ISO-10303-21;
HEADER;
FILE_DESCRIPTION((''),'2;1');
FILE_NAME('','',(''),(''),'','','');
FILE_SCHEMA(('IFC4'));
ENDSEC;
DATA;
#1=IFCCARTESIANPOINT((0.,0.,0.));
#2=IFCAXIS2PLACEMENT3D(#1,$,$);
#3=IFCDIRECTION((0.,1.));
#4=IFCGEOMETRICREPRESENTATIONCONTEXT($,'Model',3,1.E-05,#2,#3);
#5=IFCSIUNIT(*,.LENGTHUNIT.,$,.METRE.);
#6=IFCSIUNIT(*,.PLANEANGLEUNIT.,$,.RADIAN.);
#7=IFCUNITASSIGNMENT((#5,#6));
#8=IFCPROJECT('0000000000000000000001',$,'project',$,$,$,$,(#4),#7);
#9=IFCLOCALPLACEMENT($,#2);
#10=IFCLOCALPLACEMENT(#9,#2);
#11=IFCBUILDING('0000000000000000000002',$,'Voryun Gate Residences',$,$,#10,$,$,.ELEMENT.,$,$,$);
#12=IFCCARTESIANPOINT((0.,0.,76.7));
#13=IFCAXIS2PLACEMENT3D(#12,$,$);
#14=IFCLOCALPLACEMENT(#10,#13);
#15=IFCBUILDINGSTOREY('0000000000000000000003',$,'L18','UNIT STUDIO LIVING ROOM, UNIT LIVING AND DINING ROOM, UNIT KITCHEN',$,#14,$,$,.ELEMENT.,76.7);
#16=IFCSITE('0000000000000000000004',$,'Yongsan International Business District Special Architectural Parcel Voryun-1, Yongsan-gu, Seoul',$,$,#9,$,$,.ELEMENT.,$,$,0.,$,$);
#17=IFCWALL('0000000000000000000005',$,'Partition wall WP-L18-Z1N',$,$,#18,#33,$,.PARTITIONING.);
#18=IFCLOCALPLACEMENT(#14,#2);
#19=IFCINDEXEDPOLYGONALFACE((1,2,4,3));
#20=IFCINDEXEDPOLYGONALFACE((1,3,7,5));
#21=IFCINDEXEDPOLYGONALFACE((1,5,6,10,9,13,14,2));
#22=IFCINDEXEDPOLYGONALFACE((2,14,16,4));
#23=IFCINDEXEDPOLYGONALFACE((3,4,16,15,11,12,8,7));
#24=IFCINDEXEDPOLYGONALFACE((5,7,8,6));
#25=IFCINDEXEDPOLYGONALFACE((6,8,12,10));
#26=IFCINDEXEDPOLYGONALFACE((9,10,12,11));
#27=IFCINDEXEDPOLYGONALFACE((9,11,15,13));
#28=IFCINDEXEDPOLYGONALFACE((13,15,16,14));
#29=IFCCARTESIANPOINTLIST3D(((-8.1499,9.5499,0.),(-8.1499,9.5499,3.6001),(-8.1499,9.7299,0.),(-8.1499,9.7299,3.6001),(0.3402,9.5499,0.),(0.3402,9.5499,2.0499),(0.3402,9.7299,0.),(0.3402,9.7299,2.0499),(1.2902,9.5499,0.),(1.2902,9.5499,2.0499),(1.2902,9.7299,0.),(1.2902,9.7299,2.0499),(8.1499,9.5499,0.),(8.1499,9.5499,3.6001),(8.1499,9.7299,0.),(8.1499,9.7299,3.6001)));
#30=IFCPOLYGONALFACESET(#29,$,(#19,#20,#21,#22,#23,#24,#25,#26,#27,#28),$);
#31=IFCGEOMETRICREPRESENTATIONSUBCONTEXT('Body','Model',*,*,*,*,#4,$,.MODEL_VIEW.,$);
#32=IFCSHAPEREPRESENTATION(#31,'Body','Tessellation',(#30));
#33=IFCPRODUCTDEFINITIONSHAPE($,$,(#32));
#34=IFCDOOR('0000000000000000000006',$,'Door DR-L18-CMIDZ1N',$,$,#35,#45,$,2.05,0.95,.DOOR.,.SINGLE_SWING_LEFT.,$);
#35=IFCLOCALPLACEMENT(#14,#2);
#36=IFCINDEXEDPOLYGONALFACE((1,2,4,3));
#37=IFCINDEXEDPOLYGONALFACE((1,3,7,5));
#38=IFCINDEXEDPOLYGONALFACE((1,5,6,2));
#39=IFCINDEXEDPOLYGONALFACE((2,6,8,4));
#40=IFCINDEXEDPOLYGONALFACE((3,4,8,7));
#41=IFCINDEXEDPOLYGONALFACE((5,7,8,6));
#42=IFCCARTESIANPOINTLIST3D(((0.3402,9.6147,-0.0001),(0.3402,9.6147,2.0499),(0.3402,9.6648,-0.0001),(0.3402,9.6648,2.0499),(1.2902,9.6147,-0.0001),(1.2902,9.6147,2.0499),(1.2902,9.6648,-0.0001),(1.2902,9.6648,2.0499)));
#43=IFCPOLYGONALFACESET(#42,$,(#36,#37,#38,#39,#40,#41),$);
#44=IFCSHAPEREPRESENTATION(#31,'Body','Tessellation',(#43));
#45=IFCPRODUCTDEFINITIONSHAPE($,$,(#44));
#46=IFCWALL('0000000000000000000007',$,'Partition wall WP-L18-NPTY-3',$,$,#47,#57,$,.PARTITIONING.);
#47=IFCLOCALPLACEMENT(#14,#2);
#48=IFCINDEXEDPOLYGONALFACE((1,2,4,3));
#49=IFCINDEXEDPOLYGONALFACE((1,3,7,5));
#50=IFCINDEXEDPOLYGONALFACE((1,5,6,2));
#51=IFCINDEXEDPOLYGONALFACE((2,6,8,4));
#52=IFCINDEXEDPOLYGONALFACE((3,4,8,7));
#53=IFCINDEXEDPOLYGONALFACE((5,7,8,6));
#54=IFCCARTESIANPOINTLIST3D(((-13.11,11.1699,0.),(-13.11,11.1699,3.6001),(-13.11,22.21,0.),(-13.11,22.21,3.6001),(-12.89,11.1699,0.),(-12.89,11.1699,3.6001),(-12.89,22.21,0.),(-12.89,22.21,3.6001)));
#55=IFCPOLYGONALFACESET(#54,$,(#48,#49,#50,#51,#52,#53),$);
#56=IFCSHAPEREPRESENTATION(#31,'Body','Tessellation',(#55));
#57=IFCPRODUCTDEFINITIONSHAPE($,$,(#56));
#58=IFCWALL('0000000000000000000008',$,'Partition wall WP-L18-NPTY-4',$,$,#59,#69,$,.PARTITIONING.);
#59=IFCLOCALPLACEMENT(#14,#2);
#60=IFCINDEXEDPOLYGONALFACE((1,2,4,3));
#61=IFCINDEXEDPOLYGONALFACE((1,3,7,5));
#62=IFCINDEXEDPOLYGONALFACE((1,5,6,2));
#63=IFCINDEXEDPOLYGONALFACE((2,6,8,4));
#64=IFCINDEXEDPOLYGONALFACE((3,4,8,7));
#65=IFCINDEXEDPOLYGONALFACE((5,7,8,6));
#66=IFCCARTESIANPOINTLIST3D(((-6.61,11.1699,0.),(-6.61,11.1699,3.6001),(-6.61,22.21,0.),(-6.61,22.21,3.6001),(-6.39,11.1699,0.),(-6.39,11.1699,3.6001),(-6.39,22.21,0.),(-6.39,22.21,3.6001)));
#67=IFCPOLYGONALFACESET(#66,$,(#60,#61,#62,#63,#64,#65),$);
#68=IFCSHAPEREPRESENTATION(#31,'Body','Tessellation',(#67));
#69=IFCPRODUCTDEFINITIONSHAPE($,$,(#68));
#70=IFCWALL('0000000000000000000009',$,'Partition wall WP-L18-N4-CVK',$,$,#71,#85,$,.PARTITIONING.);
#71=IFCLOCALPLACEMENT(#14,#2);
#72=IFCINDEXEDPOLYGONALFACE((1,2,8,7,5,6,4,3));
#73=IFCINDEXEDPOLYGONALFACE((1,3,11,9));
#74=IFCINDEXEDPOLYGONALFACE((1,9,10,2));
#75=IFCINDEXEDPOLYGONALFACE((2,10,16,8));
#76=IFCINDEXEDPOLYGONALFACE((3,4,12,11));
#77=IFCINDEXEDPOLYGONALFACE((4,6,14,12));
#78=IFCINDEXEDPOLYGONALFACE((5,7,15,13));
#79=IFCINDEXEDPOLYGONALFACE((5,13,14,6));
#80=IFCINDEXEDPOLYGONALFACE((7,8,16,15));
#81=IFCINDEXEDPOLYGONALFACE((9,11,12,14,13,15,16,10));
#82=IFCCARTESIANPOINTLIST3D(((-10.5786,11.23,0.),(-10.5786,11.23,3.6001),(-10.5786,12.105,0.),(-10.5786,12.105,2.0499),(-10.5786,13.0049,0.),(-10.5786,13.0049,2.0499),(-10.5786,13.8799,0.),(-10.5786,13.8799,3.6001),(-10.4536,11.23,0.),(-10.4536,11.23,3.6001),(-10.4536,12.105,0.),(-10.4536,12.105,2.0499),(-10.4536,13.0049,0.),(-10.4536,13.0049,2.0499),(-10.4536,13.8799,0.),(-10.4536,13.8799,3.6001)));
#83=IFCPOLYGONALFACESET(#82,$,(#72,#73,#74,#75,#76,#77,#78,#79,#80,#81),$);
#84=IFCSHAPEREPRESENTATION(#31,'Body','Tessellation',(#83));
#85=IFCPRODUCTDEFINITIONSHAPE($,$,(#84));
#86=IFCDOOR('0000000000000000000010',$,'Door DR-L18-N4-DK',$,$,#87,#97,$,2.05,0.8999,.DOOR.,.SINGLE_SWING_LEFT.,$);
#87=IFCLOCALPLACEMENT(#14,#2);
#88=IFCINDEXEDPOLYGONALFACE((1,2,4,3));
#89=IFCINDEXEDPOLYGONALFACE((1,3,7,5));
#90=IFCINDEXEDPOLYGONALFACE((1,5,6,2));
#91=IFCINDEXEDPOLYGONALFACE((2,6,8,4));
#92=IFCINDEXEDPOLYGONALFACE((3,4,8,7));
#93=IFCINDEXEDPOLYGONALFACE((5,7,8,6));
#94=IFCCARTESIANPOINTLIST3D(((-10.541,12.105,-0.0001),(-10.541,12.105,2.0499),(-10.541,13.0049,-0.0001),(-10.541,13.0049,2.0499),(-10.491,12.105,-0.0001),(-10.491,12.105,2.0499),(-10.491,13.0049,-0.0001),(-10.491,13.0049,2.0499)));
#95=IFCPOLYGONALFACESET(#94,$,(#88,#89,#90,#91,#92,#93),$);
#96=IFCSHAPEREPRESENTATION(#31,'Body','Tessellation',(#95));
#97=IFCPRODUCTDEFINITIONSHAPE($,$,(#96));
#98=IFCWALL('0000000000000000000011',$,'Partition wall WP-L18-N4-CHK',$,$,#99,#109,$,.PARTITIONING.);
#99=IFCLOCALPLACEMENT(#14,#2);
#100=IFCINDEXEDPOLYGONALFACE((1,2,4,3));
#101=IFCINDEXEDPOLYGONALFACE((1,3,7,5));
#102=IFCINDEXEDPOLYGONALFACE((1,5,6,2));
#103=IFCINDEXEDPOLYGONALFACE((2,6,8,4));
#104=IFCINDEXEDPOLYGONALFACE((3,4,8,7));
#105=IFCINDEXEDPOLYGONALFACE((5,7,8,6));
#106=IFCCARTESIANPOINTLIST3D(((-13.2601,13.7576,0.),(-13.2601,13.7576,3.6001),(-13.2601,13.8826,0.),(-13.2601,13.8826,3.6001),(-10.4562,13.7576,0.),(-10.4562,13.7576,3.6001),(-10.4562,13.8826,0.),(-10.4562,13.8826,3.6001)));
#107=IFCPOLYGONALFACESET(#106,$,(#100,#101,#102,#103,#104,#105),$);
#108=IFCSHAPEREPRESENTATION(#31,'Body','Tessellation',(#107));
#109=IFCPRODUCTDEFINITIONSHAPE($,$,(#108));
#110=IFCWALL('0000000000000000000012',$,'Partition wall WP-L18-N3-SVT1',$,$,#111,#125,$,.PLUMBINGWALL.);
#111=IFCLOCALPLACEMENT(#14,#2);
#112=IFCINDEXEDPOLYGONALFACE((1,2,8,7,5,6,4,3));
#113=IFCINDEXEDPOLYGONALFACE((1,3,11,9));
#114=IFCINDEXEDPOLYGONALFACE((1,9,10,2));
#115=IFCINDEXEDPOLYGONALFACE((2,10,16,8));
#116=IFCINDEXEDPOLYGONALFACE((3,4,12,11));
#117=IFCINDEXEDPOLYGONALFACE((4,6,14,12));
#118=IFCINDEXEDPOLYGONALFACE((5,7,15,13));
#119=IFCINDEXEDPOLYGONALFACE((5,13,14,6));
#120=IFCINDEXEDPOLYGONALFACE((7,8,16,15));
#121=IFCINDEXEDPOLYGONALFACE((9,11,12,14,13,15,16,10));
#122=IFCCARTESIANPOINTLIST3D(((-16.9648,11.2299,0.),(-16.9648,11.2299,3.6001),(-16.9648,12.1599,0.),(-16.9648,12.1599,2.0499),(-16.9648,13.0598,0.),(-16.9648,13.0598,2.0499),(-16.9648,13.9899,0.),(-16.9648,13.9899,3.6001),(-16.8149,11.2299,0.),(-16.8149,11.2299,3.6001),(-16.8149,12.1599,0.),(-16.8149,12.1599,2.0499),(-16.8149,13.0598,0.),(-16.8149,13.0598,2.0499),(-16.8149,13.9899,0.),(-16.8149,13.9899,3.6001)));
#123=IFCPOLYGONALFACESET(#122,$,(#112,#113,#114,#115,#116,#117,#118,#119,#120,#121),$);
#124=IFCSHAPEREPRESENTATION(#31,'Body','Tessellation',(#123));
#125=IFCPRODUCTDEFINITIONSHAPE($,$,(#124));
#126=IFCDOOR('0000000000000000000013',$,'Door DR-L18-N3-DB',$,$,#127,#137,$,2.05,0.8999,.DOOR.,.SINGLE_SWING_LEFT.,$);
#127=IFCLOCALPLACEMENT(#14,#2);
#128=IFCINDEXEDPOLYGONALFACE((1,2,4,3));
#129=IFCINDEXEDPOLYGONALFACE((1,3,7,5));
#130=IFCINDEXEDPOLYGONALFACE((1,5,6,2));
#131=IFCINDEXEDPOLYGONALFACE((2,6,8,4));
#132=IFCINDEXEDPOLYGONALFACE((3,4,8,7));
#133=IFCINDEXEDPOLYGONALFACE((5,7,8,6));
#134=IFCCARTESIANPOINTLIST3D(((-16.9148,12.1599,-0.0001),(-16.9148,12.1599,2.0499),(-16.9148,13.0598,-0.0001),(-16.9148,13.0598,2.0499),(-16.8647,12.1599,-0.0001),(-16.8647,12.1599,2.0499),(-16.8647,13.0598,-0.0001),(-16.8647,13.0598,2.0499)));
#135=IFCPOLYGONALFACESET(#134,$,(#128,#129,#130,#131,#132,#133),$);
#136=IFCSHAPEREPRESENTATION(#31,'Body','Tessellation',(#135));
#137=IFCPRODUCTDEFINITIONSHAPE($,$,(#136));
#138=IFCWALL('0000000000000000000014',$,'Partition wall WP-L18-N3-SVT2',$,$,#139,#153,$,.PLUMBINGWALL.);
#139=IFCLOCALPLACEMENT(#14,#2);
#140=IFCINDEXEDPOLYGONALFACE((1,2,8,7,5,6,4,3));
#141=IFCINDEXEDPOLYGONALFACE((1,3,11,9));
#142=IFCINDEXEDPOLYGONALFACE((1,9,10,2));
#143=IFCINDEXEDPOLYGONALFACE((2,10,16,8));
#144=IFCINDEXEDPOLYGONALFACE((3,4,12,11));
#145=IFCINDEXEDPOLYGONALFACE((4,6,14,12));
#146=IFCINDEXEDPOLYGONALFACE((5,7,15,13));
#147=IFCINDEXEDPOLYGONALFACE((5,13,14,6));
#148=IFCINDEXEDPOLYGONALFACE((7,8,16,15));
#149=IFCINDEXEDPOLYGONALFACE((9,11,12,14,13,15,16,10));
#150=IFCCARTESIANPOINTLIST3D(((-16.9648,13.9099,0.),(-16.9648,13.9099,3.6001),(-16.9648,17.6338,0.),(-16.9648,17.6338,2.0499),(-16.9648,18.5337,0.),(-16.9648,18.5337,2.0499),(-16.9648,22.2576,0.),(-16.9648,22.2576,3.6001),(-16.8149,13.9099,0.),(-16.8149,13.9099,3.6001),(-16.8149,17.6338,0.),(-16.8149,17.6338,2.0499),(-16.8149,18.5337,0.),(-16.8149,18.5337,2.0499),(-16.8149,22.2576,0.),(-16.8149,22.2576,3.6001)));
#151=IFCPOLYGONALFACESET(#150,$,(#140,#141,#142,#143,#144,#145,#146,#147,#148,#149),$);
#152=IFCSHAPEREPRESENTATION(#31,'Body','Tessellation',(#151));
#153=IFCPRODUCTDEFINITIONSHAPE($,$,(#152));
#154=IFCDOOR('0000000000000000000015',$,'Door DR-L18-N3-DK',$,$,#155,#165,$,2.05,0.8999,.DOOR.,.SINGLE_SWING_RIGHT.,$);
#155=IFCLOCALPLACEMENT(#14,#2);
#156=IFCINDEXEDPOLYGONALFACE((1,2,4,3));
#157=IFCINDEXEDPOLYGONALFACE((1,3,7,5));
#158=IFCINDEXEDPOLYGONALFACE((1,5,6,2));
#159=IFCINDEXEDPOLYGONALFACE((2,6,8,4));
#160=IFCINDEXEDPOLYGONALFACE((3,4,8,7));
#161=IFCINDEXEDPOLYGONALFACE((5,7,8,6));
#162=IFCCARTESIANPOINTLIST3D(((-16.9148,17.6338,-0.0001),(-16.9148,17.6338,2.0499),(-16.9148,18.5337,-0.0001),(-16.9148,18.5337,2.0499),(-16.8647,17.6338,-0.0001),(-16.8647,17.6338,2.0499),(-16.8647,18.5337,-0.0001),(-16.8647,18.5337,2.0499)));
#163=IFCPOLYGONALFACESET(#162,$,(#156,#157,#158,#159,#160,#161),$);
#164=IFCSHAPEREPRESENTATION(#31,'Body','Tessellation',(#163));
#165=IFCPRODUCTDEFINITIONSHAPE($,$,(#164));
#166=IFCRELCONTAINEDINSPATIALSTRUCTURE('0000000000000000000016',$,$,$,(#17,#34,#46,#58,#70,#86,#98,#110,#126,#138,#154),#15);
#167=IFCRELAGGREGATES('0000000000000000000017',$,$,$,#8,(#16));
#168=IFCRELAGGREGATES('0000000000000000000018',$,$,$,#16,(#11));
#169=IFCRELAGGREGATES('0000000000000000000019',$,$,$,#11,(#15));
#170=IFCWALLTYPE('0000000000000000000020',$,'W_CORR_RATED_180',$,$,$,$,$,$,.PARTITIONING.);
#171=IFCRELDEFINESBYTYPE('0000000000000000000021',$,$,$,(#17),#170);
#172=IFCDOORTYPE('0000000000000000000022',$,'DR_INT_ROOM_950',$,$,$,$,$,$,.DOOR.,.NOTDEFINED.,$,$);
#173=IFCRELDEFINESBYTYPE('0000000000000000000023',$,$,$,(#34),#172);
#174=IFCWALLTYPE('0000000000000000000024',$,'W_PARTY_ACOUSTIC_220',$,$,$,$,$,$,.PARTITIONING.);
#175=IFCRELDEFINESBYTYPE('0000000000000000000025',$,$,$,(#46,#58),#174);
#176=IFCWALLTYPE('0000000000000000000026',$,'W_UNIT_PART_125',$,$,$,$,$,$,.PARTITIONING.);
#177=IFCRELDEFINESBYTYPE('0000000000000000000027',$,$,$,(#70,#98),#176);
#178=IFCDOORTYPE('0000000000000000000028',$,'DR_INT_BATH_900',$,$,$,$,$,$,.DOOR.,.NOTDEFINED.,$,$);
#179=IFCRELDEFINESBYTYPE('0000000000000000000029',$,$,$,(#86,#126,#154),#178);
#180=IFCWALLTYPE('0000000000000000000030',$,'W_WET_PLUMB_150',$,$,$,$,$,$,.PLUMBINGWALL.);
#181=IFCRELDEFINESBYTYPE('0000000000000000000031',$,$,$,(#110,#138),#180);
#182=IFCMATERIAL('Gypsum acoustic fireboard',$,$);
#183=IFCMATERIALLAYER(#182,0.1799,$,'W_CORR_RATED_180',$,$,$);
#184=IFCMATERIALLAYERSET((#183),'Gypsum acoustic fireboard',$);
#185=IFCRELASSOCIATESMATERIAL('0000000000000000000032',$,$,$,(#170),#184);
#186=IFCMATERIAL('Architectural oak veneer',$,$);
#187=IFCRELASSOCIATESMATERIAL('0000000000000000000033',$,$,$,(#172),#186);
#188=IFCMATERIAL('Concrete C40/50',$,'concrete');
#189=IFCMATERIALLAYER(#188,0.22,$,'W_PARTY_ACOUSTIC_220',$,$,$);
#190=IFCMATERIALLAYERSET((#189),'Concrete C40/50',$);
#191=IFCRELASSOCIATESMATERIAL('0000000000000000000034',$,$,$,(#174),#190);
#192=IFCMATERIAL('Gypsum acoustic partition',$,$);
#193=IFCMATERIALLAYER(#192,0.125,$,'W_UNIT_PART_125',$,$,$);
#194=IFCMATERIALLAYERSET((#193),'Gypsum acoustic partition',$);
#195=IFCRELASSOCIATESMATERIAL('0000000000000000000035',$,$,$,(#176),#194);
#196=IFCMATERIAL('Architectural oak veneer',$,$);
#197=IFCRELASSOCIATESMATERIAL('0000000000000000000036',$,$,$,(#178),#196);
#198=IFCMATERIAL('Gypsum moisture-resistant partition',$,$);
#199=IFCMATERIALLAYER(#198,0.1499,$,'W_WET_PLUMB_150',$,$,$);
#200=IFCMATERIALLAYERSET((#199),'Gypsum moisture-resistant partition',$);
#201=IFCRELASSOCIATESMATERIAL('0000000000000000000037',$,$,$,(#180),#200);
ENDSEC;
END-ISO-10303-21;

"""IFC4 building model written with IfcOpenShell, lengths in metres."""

from ifc_helpers import new_model, si_unit, direction, frame, frame_2d, origin, place, context, subcontext, project, spatial, rectangle, extrude, material, layer, layer_set, type_object, element, fill, save


model = new_model("IFC4")

# Units and contexts
model_context = context("Model", 3, precision=1e-05, world=origin(), true_north=direction((0.0, 1.0)))
body_context = subcontext(model_context, "Body", "Model", "MODEL_VIEW")
ifc_project = project(units=[si_unit("LENGTHUNIT", "METRE"), si_unit("PLANEANGLEUNIT", "RADIAN")], contexts=[model_context])

# Site, building, storey
site_placement = place(None, origin())
site = spatial("IfcSite", under=ifc_project, at=site_placement, Name="Yongsan International Business District Special Architectural Parcel Voryun-1, Yongsan-gu, Seoul", CompositionType="ELEMENT", RefElevation=0.0)
building_placement = place(site_placement, origin())
building = spatial("IfcBuilding", under=site, at=building_placement, Name="Voryun Gate Residences", CompositionType="ELEMENT")
storey_placement = place(building_placement, frame((0.0, 0.0, 76.7)))
storey = spatial("IfcBuildingStorey", under=building, at=storey_placement, Name="L18", Description="UNIT STUDIO LIVING ROOM, UNIT LIVING AND DINING ROOM, UNIT KITCHEN", CompositionType="ELEMENT", Elevation=76.7)

# Wall, opening, door
ifc_material_1 = material(Name="Gypsum acoustic fireboard")
ifc_layer_1 = layer(ifc_material_1, 0.1799, Name="W_CORR_RATED_180")
ifc_layer_set_1 = layer_set([ifc_layer_1], Name="Gypsum acoustic fireboard")
wall_type_1 = type_object("IfcWallType", Name="W_CORR_RATED_180", PredefinedType="PARTITIONING", material=ifc_layer_set_1)
wall_1_placement = place(storey_placement, frame((-8.1499, 9.6399, 0.0), z_axis=(0.0, 0.0, 1.0), x_axis=(1.0, 0.0, 0.0)))
wall_1 = element("IfcWall", 1, at=wall_1_placement, inside=storey, type_object=wall_type_1, Name="Partition wall WP-L18-Z1N", PredefinedType="PARTITIONING", context=body_context, shape_type="SweptSolid", body=[
    extrude(rectangle(XDim=16.2998, YDim=0.1799, at=frame_2d((8.1499, 0.0))), origin(), (0.0, 0.0, 1.0), 3.6001),
])
opening_1_placement = place(wall_1_placement, frame((8.49, 0.0, 0.0)))
opening_1 = element("IfcOpeningElement", 2, at=opening_1_placement, cuts=wall_1, PredefinedType="OPENING", context=body_context, shape_type="SweptSolid", body=[
    extrude(rectangle(XDim=0.95, YDim=2.05, at=frame_2d((0.4751, 1.0249))), frame((0.0, 0.0999, 0.0), z_axis=(0.0, -1.0, 0.0), x_axis=(1.0, 0.0, 0.0)), (0.0, 0.0, 1.0), 0.2),
])
ifc_material_2 = material(Name="Architectural oak veneer")
door_type_1 = type_object("IfcDoorType", Name="DR_INT_ROOM_950", OperationType="NOTDEFINED", PredefinedType="DOOR", material=ifc_material_2)
door_1_placement = place(opening_1_placement, origin())
door_1 = element("IfcDoor", 3, at=door_1_placement, inside=storey, type_object=door_type_1, Name="Door DR-L18-CMIDZ1N", OperationType="SINGLE_SWING_LEFT", OverallHeight=2.05, OverallWidth=0.95, PredefinedType="DOOR", context=body_context, shape_type="SweptSolid", body=[
    extrude(rectangle(XDim=0.95, YDim=2.05, at=frame_2d((0.4751, 1.0249))), frame((0.0, 0.0249, 0.0), z_axis=(0.0, -1.0, 0.0), x_axis=(1.0, 0.0, 0.0)), (0.0, 0.0, 1.0), 0.05),
])
fill(opening_1, door_1)

# Walls
ifc_material_3 = material(Name="Concrete C40/50", Category="concrete")
ifc_layer_2 = layer(ifc_material_3, 0.22, Name="W_PARTY_ACOUSTIC_220")
ifc_layer_set_2 = layer_set([ifc_layer_2], Name="Concrete C40/50")
wall_type_2 = type_object("IfcWallType", Name="W_PARTY_ACOUSTIC_220", PredefinedType="PARTITIONING", material=ifc_layer_set_2)
for number, where, z_axis, x_axis, name in (
    (4, (-13.0, 11.1699, 0.0), (0.0, 0.0, 1.0), (0.0, 1.0, 0.0), "Partition wall WP-L18-NPTY-3"),
    (5, (-6.5, 11.1699, 0.0), (0.0, 0.0, 1.0), (0.0, 1.0, 0.0), "Partition wall WP-L18-NPTY-4"),
):
    element("IfcWall", number, at=place(storey_placement, frame(where, z_axis=z_axis, x_axis=x_axis)), inside=storey, type_object=wall_type_2, Name=name, PredefinedType="PARTITIONING", context=body_context, shape_type="SweptSolid", body=[
        extrude(rectangle(XDim=11.04, YDim=0.22, at=frame_2d((5.52, 0.0))), origin(), (0.0, 0.0, 1.0), 3.6001),
    ])

# Wall, opening, door
ifc_material_4 = material(Name="Gypsum acoustic partition")
ifc_layer_3 = layer(ifc_material_4, 0.125, Name="W_UNIT_PART_125")
ifc_layer_set_3 = layer_set([ifc_layer_3], Name="Gypsum acoustic partition")
wall_type_3 = type_object("IfcWallType", Name="W_UNIT_PART_125", PredefinedType="PARTITIONING", material=ifc_layer_set_3)
wall_2_placement = place(storey_placement, frame((-10.5161, 11.23, 0.0), z_axis=(0.0, 0.0, 1.0), x_axis=(0.0, 1.0, 0.0)))
wall_2 = element("IfcWall", 6, at=wall_2_placement, inside=storey, type_object=wall_type_3, Name="Partition wall WP-L18-N4-CVK", PredefinedType="PARTITIONING", context=body_context, shape_type="SweptSolid", body=[
    extrude(rectangle(XDim=2.6499, YDim=0.125, at=frame_2d((1.325, 0.0))), origin(), (0.0, 0.0, 1.0), 3.6001),
])
opening_2_placement = place(wall_2_placement, frame((0.875, 0.0, 0.0)))
opening_2 = element("IfcOpeningElement", 7, at=opening_2_placement, cuts=wall_2, PredefinedType="OPENING", context=body_context, shape_type="SweptSolid", body=[
    extrude(rectangle(XDim=0.8999, YDim=2.05, at=frame_2d((0.45, 1.0249))), frame((0.0, 0.0725, 0.0), z_axis=(0.0, -1.0, 0.0), x_axis=(1.0, 0.0, 0.0)), (0.0, 0.0, 1.0), 0.145),
])
ifc_material_5 = material(Name="Architectural oak veneer")
door_type_2 = type_object("IfcDoorType", Name="DR_INT_BATH_900", OperationType="NOTDEFINED", PredefinedType="DOOR", material=ifc_material_5)
door_2_placement = place(opening_2_placement, origin())
door_2 = element("IfcDoor", 8, at=door_2_placement, inside=storey, type_object=door_type_2, Name="Door DR-L18-N4-DK", OperationType="SINGLE_SWING_LEFT", OverallHeight=2.05, OverallWidth=0.8999, PredefinedType="DOOR", context=body_context, shape_type="SweptSolid", body=[
    extrude(rectangle(XDim=0.8999, YDim=2.05, at=frame_2d((0.45, 1.0249))), frame((0.0, 0.0249, 0.0), z_axis=(0.0, -1.0, 0.0), x_axis=(1.0, 0.0, 0.0)), (0.0, 0.0, 1.0), 0.05),
])
fill(opening_2, door_2)

# Wall
wall_3_placement = place(storey_placement, frame((-13.26, 13.8201, 0.0), z_axis=(0.0, 0.0, 1.0), x_axis=(1.0, 0.0, 0.0)))
element("IfcWall", 9, at=wall_3_placement, inside=storey, type_object=wall_type_3, Name="Partition wall WP-L18-N4-CHK", PredefinedType="PARTITIONING", context=body_context, shape_type="SweptSolid", body=[
    extrude(rectangle(XDim=2.804, YDim=0.125, at=frame_2d((1.4019, 0.0))), origin(), (0.0, 0.0, 1.0), 3.6001),
])

# Walls, openings, doors
ifc_material_6 = material(Name="Gypsum moisture-resistant partition")
ifc_layer_4 = layer(ifc_material_6, 0.1499, Name="W_WET_PLUMB_150")
ifc_layer_set_4 = layer_set([ifc_layer_4], Name="Gypsum moisture-resistant partition")
wall_type_4 = type_object("IfcWallType", Name="W_WET_PLUMB_150", PredefinedType="PLUMBINGWALL", material=ifc_layer_set_4)
wall_4_placement = place(storey_placement, frame((-16.8899, 11.23, 0.0), z_axis=(0.0, 0.0, 1.0), x_axis=(0.0, 1.0, 0.0)))
wall_4 = element("IfcWall", 10, at=wall_4_placement, inside=storey, type_object=wall_type_4, Name="Partition wall WP-L18-N3-SVT1", PredefinedType="PLUMBINGWALL", context=body_context, shape_type="SweptSolid", body=[
    extrude(rectangle(XDim=2.76, YDim=0.1499, at=frame_2d((1.3799, 0.0))), origin(), (0.0, 0.0, 1.0), 3.6001),
])
opening_3_placement = place(wall_4_placement, frame((0.9299, 0.0, 0.0)))
opening_3 = element("IfcOpeningElement", 11, at=opening_3_placement, cuts=wall_4, PredefinedType="OPENING", context=body_context, shape_type="SweptSolid", body=[
    extrude(rectangle(XDim=0.8999, YDim=2.05, at=frame_2d((0.45, 1.0249))), frame((0.0, 0.085, 0.0), z_axis=(0.0, -1.0, 0.0), x_axis=(1.0, 0.0, 0.0)), (0.0, 0.0, 1.0), 0.1699),
])
door_3_placement = place(opening_3_placement, origin())
door_3 = element("IfcDoor", 12, at=door_3_placement, inside=storey, type_object=door_type_2, Name="Door DR-L18-N3-DB", OperationType="SINGLE_SWING_LEFT", OverallHeight=2.05, OverallWidth=0.8999, PredefinedType="DOOR", context=body_context, shape_type="SweptSolid", body=[
    extrude(rectangle(XDim=0.8999, YDim=2.05, at=frame_2d((0.45, 1.0249))), frame((0.0, 0.0249, 0.0), z_axis=(0.0, -1.0, 0.0), x_axis=(1.0, 0.0, 0.0)), (0.0, 0.0, 1.0), 0.05),
])
fill(opening_3, door_3)
wall_5_placement = place(storey_placement, frame((-16.8899, 13.9099, 0.0), z_axis=(0.0, 0.0, 1.0), x_axis=(0.0, 1.0, 0.0)))
wall_5 = element("IfcWall", 13, at=wall_5_placement, inside=storey, type_object=wall_type_4, Name="Partition wall WP-L18-N3-SVT2", PredefinedType="PLUMBINGWALL", context=body_context, shape_type="SweptSolid", body=[
    extrude(rectangle(XDim=8.3477, YDim=0.1499, at=frame_2d((4.1738, 0.0))), origin(), (0.0, 0.0, 1.0), 3.6001),
])
opening_4_placement = place(wall_5_placement, frame((3.7239, 0.0, 0.0)))
opening_4 = element("IfcOpeningElement", 14, at=opening_4_placement, cuts=wall_5, PredefinedType="OPENING", context=body_context, shape_type="SweptSolid", body=[
    extrude(rectangle(XDim=0.8999, YDim=2.05, at=frame_2d((0.45, 1.0249))), frame((0.0, 0.085, 0.0), z_axis=(0.0, -1.0, 0.0), x_axis=(1.0, 0.0, 0.0)), (0.0, 0.0, 1.0), 0.1699),
])
door_4_placement = place(opening_4_placement, origin())
door_4 = element("IfcDoor", 15, at=door_4_placement, inside=storey, type_object=door_type_2, Name="Door DR-L18-N3-DK", OperationType="SINGLE_SWING_RIGHT", OverallHeight=2.05, OverallWidth=0.8999, PredefinedType="DOOR", context=body_context, shape_type="SweptSolid", body=[
    extrude(rectangle(XDim=0.8999, YDim=2.05, at=frame_2d((0.45, 1.0249))), frame((0.0, 0.0249, 0.0), z_axis=(0.0, -1.0, 0.0), x_axis=(1.0, 0.0, 0.0)), (0.0, 0.0, 1.0), 0.05),
])
fill(opening_4, door_4)

save(model, "model.ifc")
